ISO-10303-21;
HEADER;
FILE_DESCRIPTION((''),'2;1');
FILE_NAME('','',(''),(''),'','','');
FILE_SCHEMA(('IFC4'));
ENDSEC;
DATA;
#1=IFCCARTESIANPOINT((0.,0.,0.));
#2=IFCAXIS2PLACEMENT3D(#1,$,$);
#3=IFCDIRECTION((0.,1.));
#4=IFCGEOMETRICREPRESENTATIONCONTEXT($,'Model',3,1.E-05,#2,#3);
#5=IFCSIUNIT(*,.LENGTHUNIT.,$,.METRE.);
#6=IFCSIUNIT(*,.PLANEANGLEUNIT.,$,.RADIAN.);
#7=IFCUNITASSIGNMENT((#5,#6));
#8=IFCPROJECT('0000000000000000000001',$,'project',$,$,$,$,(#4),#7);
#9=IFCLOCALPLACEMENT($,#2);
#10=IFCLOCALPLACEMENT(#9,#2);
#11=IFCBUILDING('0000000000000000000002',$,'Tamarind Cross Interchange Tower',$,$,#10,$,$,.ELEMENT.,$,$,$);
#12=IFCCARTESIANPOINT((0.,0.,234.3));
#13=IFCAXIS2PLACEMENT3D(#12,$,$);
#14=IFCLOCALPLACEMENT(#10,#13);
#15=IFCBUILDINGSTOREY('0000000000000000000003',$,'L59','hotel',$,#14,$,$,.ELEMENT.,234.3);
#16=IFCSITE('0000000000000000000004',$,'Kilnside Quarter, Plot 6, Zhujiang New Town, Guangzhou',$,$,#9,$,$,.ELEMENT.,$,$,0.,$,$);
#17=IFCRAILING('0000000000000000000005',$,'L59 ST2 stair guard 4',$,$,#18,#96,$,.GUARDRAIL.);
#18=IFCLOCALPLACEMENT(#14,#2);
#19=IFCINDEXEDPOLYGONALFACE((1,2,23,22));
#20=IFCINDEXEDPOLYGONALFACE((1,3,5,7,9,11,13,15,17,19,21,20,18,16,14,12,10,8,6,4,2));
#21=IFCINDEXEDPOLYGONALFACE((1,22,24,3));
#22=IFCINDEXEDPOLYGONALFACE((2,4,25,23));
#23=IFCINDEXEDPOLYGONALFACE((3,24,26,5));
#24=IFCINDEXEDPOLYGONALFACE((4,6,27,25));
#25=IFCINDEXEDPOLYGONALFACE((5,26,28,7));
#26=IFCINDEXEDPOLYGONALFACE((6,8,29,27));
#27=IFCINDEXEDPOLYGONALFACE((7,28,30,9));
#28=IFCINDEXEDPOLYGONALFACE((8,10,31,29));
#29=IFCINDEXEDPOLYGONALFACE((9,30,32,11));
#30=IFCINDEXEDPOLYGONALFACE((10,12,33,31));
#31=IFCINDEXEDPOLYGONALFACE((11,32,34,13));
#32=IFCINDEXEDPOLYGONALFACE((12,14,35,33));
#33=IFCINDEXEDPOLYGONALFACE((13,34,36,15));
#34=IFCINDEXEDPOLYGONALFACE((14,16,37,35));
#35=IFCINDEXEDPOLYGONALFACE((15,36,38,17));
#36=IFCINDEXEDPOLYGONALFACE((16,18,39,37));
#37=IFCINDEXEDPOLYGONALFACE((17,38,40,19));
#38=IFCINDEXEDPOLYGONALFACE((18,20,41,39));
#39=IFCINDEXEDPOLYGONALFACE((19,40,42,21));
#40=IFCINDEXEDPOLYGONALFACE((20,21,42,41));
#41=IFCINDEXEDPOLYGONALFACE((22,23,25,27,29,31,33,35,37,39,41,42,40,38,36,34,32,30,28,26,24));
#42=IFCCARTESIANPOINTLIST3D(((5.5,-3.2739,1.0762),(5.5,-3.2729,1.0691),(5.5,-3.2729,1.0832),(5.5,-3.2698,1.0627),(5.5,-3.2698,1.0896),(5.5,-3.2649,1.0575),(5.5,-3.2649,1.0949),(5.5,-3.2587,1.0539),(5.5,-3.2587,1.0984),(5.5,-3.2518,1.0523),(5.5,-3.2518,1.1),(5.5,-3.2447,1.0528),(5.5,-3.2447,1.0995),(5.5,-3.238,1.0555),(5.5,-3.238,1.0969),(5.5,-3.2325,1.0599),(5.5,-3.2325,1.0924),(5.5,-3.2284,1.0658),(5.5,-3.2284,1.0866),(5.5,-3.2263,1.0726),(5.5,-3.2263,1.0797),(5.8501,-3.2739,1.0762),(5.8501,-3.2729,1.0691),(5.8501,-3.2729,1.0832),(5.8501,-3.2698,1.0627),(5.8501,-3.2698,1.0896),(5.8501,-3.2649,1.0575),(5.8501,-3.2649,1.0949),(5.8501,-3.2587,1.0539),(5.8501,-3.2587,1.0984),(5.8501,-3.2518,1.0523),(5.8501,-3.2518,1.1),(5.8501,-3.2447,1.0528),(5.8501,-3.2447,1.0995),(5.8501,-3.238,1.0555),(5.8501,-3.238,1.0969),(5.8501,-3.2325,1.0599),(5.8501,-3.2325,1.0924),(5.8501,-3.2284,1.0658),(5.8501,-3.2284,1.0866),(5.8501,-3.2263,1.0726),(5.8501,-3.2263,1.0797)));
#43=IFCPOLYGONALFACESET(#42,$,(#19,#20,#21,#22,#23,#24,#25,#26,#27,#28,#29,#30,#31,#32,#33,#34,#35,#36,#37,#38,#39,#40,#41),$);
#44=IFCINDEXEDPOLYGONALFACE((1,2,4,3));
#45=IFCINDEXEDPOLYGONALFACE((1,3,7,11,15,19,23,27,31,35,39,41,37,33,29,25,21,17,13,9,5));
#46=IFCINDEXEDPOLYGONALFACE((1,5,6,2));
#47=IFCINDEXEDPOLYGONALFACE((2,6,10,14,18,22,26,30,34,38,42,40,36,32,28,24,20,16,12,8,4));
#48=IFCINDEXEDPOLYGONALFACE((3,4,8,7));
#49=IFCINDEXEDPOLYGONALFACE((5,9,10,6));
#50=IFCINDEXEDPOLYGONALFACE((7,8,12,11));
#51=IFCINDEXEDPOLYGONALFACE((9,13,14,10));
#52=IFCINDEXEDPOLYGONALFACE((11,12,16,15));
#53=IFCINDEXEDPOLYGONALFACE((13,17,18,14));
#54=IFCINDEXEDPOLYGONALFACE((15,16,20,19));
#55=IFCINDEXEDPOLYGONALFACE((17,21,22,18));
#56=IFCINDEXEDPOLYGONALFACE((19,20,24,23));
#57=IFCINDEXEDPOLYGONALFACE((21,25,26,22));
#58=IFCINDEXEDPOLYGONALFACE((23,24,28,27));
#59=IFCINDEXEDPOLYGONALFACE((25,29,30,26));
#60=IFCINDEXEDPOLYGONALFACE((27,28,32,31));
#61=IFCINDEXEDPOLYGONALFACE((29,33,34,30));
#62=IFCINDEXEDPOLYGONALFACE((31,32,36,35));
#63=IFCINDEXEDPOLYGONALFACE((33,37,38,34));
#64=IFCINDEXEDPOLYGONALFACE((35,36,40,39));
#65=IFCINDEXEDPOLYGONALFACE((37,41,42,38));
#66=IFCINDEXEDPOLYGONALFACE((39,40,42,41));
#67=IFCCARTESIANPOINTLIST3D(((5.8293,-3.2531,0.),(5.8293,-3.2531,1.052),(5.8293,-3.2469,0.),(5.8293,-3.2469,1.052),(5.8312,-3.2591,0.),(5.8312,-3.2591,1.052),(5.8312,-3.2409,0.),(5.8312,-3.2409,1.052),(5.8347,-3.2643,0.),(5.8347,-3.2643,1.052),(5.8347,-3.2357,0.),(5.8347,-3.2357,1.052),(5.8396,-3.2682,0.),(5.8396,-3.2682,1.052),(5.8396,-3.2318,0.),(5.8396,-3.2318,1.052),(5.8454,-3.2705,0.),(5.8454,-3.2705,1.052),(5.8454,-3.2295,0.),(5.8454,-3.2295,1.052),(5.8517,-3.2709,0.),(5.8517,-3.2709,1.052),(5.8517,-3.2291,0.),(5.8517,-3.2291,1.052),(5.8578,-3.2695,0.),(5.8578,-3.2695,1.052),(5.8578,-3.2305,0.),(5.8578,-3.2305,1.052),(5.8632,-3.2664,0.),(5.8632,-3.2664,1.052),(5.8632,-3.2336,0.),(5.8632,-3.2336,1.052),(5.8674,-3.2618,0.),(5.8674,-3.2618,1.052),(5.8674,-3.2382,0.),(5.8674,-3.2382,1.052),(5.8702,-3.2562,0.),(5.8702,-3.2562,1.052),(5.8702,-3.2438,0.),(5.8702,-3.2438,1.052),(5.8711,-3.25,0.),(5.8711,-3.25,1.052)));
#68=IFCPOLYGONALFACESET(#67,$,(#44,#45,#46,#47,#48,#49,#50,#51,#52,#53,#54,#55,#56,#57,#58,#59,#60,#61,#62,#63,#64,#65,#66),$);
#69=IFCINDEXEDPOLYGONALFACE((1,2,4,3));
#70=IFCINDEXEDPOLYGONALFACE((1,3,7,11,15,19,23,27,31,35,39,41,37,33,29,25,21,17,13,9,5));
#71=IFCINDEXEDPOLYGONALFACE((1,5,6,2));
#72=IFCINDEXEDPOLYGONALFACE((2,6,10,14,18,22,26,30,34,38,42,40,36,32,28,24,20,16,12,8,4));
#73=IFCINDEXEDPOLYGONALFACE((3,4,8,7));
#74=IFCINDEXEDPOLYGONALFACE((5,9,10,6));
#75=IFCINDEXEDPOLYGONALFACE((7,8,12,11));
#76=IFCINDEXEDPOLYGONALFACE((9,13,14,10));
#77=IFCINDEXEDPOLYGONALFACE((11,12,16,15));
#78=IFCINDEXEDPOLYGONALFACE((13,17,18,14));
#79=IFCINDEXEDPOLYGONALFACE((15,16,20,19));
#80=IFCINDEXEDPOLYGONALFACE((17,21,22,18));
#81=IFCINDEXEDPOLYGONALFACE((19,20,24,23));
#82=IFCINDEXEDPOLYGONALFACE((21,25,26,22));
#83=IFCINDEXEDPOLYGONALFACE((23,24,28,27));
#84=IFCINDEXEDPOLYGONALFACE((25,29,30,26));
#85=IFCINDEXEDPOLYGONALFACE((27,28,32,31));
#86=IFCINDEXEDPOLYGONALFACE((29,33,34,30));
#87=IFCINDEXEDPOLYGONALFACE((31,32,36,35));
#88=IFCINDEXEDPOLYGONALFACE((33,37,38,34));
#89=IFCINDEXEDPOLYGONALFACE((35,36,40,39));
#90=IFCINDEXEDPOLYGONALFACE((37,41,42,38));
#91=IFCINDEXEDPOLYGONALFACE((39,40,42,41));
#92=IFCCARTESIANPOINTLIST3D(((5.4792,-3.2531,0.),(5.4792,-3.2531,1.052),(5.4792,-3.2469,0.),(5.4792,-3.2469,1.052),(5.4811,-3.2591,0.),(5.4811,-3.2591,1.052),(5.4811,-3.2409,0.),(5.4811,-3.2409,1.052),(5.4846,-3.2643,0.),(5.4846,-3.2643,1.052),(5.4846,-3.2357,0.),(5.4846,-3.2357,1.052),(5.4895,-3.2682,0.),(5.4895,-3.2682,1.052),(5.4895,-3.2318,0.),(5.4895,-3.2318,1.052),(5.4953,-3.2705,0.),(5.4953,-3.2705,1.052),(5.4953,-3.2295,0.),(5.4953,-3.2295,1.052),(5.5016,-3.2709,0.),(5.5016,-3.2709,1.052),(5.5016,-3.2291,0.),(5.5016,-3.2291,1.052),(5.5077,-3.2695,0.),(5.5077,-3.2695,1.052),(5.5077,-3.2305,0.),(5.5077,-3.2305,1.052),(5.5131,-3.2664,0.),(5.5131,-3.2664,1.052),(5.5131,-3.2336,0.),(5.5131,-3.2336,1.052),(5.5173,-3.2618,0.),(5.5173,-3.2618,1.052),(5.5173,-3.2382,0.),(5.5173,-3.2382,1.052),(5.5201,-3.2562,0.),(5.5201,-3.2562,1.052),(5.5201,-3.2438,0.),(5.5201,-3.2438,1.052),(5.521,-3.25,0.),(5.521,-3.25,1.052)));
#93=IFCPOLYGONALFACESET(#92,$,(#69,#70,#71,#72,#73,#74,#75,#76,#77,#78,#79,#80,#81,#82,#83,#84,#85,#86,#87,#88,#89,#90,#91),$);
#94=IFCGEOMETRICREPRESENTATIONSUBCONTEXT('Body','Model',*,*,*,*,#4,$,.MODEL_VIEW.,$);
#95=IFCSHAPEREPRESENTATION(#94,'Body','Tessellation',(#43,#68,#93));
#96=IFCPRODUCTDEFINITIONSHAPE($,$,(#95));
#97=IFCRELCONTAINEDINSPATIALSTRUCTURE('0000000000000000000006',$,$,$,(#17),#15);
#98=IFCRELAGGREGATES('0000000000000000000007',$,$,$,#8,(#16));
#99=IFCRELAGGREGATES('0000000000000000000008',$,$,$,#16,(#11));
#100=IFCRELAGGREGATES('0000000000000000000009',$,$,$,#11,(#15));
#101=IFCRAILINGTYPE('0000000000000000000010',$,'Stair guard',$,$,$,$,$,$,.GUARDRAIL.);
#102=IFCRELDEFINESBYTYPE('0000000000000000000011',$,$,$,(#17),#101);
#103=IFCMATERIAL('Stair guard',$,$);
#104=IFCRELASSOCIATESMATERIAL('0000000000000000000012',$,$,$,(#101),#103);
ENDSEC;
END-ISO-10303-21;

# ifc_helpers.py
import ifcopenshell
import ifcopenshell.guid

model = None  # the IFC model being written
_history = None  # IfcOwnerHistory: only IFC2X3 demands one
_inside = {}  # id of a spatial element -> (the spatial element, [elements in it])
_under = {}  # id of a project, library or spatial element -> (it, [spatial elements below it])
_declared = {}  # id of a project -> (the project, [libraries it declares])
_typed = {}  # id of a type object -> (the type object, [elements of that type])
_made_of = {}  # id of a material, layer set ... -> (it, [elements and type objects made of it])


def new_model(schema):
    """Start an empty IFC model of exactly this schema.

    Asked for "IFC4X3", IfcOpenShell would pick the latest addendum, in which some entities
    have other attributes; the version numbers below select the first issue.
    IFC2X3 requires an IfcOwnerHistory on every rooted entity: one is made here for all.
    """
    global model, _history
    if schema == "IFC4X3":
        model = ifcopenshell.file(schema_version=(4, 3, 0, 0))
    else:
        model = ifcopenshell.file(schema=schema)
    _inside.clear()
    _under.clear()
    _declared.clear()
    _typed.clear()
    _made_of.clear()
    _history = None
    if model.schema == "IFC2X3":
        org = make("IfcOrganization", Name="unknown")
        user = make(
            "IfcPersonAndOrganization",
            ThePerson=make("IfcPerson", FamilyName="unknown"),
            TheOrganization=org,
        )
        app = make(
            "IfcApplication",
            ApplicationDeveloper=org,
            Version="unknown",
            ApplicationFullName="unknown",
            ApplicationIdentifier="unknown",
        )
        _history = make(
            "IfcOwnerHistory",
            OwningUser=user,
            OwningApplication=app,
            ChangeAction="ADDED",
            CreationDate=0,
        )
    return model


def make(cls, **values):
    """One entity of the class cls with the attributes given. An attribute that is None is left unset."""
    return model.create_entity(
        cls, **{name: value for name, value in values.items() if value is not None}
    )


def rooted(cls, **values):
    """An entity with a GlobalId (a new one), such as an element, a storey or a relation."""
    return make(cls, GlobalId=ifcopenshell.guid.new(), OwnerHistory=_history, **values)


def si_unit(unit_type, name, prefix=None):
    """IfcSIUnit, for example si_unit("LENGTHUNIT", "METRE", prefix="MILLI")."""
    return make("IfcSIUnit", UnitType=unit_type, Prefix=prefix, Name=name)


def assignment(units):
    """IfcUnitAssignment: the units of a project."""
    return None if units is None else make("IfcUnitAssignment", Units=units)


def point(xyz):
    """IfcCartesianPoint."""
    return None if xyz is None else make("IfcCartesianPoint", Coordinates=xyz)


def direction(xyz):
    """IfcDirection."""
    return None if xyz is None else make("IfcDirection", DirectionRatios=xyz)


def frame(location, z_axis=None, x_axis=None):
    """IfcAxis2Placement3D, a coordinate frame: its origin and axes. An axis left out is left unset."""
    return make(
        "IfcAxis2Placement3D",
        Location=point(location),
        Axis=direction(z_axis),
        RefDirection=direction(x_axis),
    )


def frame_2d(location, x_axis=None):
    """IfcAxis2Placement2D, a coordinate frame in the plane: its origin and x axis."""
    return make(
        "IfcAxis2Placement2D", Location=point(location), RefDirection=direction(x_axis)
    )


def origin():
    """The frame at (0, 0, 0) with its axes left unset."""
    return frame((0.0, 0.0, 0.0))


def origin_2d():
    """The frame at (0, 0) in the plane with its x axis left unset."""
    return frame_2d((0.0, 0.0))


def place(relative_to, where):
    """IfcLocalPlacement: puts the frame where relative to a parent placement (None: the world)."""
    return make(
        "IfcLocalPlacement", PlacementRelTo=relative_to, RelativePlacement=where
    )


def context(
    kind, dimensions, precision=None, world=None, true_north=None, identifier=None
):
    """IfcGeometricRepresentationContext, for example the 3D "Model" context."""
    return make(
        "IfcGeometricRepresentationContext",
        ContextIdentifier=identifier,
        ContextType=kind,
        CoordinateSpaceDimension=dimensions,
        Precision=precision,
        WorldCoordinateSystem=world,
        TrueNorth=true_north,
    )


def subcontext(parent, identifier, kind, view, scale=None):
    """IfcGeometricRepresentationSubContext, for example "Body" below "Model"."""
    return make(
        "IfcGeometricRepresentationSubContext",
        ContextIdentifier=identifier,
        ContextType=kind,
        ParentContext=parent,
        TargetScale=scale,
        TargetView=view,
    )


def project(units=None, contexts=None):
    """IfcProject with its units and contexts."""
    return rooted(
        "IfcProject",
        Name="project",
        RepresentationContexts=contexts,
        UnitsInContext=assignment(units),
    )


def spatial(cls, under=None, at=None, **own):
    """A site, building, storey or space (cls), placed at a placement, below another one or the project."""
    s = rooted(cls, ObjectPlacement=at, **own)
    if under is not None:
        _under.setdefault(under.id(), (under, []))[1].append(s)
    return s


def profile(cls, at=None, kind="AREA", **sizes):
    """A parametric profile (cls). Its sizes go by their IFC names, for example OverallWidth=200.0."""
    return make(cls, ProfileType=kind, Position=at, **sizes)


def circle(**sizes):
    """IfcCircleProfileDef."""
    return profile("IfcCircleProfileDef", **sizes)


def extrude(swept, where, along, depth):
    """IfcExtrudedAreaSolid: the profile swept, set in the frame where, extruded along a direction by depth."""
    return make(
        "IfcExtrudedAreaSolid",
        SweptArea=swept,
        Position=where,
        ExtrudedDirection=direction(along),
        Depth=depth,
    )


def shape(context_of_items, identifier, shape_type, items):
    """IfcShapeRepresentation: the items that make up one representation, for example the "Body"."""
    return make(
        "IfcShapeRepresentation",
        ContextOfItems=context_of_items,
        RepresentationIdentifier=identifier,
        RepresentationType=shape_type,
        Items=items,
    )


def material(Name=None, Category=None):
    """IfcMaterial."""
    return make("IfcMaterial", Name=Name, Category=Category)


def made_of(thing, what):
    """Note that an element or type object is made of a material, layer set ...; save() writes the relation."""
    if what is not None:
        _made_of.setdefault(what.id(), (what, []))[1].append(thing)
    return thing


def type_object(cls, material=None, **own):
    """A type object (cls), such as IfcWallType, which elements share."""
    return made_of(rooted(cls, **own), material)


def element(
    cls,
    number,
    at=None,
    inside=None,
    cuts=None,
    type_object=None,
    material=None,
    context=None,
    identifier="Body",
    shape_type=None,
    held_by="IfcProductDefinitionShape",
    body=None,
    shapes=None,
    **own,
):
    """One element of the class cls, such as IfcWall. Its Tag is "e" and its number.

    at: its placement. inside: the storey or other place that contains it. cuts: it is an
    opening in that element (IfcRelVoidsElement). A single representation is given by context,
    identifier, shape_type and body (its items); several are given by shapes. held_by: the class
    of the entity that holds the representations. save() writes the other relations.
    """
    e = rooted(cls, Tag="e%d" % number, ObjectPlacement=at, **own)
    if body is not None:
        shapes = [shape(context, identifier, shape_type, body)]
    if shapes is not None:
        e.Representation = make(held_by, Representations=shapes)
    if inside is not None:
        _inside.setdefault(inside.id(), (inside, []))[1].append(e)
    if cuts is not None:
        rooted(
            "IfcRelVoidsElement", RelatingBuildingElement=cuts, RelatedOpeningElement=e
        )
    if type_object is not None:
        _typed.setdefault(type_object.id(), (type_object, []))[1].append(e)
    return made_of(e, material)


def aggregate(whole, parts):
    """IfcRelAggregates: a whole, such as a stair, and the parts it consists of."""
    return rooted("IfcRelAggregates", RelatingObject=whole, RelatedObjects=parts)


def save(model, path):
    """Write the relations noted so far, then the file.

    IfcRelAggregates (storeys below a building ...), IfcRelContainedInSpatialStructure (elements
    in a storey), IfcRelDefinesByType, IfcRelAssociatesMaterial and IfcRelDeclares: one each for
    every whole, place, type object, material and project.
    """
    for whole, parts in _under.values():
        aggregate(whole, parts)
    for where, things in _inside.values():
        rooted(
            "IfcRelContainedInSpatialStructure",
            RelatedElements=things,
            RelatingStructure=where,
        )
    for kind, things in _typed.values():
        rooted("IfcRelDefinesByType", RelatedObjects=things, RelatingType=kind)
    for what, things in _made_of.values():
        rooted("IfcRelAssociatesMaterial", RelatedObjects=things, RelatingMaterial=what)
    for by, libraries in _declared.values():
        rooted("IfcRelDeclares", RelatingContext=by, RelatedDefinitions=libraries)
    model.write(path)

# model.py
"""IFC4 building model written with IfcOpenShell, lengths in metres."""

from ifc_helpers import new_model, si_unit, direction, frame, origin, origin_2d, place, context, subcontext, project, spatial, circle, extrude, material, type_object, element, save


model = new_model("IFC4")

# Units and contexts
model_context = context("Model", 3, precision=1e-05, world=origin(), true_north=direction((0.0, 1.0)))
body_context = subcontext(model_context, "Body", "Model", "MODEL_VIEW")
ifc_project = project(units=[si_unit("LENGTHUNIT", "METRE"), si_unit("PLANEANGLEUNIT", "RADIAN")], contexts=[model_context])

# Site, building, storey
site_placement = place(None, origin())
site = spatial("IfcSite", under=ifc_project, at=site_placement, Name="Kilnside Quarter, Plot 6, Zhujiang New Town, Guangzhou", CompositionType="ELEMENT", RefElevation=0.0)
building_placement = place(site_placement, origin())
building = spatial("IfcBuilding", under=site, at=building_placement, Name="Tamarind Cross Interchange Tower", CompositionType="ELEMENT")
storey_placement = place(building_placement, frame((0.0, 0.0, 234.3)))
storey = spatial("IfcBuildingStorey", under=building, at=storey_placement, Name="L59", Description="hotel", CompositionType="ELEMENT", Elevation=234.3)

# Railing
ifc_material_1 = material(Name="Stair guard")
railing_type = type_object("IfcRailingType", Name="Stair guard", PredefinedType="GUARDRAIL", material=ifc_material_1)
railing_1_placement = place(storey_placement, frame((5.8501, -3.25, 0.0)))
element("IfcRailing", 1, at=railing_1_placement, inside=storey, type_object=railing_type, Name="L59 ST2 stair guard 4", PredefinedType="GUARDRAIL", context=body_context, shape_type="SweptSolid", body=[
    extrude(circle(Radius=0.0239, at=origin_2d()), frame((0.0, 0.0, 1.0762), z_axis=(-1.0, 0.0, 0.0), x_axis=(0.0, -1.0, 0.0)), (0.0, 0.0, 1.0), 0.3501),
    extrude(circle(Radius=0.021, at=origin_2d()), origin(), (0.0, 0.0, 1.0), 1.052),
    extrude(circle(Radius=0.021, at=origin_2d()), frame((-0.3501, 0.0, 0.0)), (0.0, 0.0, 1.0), 1.052),
])

save(model, "model.ifc")
